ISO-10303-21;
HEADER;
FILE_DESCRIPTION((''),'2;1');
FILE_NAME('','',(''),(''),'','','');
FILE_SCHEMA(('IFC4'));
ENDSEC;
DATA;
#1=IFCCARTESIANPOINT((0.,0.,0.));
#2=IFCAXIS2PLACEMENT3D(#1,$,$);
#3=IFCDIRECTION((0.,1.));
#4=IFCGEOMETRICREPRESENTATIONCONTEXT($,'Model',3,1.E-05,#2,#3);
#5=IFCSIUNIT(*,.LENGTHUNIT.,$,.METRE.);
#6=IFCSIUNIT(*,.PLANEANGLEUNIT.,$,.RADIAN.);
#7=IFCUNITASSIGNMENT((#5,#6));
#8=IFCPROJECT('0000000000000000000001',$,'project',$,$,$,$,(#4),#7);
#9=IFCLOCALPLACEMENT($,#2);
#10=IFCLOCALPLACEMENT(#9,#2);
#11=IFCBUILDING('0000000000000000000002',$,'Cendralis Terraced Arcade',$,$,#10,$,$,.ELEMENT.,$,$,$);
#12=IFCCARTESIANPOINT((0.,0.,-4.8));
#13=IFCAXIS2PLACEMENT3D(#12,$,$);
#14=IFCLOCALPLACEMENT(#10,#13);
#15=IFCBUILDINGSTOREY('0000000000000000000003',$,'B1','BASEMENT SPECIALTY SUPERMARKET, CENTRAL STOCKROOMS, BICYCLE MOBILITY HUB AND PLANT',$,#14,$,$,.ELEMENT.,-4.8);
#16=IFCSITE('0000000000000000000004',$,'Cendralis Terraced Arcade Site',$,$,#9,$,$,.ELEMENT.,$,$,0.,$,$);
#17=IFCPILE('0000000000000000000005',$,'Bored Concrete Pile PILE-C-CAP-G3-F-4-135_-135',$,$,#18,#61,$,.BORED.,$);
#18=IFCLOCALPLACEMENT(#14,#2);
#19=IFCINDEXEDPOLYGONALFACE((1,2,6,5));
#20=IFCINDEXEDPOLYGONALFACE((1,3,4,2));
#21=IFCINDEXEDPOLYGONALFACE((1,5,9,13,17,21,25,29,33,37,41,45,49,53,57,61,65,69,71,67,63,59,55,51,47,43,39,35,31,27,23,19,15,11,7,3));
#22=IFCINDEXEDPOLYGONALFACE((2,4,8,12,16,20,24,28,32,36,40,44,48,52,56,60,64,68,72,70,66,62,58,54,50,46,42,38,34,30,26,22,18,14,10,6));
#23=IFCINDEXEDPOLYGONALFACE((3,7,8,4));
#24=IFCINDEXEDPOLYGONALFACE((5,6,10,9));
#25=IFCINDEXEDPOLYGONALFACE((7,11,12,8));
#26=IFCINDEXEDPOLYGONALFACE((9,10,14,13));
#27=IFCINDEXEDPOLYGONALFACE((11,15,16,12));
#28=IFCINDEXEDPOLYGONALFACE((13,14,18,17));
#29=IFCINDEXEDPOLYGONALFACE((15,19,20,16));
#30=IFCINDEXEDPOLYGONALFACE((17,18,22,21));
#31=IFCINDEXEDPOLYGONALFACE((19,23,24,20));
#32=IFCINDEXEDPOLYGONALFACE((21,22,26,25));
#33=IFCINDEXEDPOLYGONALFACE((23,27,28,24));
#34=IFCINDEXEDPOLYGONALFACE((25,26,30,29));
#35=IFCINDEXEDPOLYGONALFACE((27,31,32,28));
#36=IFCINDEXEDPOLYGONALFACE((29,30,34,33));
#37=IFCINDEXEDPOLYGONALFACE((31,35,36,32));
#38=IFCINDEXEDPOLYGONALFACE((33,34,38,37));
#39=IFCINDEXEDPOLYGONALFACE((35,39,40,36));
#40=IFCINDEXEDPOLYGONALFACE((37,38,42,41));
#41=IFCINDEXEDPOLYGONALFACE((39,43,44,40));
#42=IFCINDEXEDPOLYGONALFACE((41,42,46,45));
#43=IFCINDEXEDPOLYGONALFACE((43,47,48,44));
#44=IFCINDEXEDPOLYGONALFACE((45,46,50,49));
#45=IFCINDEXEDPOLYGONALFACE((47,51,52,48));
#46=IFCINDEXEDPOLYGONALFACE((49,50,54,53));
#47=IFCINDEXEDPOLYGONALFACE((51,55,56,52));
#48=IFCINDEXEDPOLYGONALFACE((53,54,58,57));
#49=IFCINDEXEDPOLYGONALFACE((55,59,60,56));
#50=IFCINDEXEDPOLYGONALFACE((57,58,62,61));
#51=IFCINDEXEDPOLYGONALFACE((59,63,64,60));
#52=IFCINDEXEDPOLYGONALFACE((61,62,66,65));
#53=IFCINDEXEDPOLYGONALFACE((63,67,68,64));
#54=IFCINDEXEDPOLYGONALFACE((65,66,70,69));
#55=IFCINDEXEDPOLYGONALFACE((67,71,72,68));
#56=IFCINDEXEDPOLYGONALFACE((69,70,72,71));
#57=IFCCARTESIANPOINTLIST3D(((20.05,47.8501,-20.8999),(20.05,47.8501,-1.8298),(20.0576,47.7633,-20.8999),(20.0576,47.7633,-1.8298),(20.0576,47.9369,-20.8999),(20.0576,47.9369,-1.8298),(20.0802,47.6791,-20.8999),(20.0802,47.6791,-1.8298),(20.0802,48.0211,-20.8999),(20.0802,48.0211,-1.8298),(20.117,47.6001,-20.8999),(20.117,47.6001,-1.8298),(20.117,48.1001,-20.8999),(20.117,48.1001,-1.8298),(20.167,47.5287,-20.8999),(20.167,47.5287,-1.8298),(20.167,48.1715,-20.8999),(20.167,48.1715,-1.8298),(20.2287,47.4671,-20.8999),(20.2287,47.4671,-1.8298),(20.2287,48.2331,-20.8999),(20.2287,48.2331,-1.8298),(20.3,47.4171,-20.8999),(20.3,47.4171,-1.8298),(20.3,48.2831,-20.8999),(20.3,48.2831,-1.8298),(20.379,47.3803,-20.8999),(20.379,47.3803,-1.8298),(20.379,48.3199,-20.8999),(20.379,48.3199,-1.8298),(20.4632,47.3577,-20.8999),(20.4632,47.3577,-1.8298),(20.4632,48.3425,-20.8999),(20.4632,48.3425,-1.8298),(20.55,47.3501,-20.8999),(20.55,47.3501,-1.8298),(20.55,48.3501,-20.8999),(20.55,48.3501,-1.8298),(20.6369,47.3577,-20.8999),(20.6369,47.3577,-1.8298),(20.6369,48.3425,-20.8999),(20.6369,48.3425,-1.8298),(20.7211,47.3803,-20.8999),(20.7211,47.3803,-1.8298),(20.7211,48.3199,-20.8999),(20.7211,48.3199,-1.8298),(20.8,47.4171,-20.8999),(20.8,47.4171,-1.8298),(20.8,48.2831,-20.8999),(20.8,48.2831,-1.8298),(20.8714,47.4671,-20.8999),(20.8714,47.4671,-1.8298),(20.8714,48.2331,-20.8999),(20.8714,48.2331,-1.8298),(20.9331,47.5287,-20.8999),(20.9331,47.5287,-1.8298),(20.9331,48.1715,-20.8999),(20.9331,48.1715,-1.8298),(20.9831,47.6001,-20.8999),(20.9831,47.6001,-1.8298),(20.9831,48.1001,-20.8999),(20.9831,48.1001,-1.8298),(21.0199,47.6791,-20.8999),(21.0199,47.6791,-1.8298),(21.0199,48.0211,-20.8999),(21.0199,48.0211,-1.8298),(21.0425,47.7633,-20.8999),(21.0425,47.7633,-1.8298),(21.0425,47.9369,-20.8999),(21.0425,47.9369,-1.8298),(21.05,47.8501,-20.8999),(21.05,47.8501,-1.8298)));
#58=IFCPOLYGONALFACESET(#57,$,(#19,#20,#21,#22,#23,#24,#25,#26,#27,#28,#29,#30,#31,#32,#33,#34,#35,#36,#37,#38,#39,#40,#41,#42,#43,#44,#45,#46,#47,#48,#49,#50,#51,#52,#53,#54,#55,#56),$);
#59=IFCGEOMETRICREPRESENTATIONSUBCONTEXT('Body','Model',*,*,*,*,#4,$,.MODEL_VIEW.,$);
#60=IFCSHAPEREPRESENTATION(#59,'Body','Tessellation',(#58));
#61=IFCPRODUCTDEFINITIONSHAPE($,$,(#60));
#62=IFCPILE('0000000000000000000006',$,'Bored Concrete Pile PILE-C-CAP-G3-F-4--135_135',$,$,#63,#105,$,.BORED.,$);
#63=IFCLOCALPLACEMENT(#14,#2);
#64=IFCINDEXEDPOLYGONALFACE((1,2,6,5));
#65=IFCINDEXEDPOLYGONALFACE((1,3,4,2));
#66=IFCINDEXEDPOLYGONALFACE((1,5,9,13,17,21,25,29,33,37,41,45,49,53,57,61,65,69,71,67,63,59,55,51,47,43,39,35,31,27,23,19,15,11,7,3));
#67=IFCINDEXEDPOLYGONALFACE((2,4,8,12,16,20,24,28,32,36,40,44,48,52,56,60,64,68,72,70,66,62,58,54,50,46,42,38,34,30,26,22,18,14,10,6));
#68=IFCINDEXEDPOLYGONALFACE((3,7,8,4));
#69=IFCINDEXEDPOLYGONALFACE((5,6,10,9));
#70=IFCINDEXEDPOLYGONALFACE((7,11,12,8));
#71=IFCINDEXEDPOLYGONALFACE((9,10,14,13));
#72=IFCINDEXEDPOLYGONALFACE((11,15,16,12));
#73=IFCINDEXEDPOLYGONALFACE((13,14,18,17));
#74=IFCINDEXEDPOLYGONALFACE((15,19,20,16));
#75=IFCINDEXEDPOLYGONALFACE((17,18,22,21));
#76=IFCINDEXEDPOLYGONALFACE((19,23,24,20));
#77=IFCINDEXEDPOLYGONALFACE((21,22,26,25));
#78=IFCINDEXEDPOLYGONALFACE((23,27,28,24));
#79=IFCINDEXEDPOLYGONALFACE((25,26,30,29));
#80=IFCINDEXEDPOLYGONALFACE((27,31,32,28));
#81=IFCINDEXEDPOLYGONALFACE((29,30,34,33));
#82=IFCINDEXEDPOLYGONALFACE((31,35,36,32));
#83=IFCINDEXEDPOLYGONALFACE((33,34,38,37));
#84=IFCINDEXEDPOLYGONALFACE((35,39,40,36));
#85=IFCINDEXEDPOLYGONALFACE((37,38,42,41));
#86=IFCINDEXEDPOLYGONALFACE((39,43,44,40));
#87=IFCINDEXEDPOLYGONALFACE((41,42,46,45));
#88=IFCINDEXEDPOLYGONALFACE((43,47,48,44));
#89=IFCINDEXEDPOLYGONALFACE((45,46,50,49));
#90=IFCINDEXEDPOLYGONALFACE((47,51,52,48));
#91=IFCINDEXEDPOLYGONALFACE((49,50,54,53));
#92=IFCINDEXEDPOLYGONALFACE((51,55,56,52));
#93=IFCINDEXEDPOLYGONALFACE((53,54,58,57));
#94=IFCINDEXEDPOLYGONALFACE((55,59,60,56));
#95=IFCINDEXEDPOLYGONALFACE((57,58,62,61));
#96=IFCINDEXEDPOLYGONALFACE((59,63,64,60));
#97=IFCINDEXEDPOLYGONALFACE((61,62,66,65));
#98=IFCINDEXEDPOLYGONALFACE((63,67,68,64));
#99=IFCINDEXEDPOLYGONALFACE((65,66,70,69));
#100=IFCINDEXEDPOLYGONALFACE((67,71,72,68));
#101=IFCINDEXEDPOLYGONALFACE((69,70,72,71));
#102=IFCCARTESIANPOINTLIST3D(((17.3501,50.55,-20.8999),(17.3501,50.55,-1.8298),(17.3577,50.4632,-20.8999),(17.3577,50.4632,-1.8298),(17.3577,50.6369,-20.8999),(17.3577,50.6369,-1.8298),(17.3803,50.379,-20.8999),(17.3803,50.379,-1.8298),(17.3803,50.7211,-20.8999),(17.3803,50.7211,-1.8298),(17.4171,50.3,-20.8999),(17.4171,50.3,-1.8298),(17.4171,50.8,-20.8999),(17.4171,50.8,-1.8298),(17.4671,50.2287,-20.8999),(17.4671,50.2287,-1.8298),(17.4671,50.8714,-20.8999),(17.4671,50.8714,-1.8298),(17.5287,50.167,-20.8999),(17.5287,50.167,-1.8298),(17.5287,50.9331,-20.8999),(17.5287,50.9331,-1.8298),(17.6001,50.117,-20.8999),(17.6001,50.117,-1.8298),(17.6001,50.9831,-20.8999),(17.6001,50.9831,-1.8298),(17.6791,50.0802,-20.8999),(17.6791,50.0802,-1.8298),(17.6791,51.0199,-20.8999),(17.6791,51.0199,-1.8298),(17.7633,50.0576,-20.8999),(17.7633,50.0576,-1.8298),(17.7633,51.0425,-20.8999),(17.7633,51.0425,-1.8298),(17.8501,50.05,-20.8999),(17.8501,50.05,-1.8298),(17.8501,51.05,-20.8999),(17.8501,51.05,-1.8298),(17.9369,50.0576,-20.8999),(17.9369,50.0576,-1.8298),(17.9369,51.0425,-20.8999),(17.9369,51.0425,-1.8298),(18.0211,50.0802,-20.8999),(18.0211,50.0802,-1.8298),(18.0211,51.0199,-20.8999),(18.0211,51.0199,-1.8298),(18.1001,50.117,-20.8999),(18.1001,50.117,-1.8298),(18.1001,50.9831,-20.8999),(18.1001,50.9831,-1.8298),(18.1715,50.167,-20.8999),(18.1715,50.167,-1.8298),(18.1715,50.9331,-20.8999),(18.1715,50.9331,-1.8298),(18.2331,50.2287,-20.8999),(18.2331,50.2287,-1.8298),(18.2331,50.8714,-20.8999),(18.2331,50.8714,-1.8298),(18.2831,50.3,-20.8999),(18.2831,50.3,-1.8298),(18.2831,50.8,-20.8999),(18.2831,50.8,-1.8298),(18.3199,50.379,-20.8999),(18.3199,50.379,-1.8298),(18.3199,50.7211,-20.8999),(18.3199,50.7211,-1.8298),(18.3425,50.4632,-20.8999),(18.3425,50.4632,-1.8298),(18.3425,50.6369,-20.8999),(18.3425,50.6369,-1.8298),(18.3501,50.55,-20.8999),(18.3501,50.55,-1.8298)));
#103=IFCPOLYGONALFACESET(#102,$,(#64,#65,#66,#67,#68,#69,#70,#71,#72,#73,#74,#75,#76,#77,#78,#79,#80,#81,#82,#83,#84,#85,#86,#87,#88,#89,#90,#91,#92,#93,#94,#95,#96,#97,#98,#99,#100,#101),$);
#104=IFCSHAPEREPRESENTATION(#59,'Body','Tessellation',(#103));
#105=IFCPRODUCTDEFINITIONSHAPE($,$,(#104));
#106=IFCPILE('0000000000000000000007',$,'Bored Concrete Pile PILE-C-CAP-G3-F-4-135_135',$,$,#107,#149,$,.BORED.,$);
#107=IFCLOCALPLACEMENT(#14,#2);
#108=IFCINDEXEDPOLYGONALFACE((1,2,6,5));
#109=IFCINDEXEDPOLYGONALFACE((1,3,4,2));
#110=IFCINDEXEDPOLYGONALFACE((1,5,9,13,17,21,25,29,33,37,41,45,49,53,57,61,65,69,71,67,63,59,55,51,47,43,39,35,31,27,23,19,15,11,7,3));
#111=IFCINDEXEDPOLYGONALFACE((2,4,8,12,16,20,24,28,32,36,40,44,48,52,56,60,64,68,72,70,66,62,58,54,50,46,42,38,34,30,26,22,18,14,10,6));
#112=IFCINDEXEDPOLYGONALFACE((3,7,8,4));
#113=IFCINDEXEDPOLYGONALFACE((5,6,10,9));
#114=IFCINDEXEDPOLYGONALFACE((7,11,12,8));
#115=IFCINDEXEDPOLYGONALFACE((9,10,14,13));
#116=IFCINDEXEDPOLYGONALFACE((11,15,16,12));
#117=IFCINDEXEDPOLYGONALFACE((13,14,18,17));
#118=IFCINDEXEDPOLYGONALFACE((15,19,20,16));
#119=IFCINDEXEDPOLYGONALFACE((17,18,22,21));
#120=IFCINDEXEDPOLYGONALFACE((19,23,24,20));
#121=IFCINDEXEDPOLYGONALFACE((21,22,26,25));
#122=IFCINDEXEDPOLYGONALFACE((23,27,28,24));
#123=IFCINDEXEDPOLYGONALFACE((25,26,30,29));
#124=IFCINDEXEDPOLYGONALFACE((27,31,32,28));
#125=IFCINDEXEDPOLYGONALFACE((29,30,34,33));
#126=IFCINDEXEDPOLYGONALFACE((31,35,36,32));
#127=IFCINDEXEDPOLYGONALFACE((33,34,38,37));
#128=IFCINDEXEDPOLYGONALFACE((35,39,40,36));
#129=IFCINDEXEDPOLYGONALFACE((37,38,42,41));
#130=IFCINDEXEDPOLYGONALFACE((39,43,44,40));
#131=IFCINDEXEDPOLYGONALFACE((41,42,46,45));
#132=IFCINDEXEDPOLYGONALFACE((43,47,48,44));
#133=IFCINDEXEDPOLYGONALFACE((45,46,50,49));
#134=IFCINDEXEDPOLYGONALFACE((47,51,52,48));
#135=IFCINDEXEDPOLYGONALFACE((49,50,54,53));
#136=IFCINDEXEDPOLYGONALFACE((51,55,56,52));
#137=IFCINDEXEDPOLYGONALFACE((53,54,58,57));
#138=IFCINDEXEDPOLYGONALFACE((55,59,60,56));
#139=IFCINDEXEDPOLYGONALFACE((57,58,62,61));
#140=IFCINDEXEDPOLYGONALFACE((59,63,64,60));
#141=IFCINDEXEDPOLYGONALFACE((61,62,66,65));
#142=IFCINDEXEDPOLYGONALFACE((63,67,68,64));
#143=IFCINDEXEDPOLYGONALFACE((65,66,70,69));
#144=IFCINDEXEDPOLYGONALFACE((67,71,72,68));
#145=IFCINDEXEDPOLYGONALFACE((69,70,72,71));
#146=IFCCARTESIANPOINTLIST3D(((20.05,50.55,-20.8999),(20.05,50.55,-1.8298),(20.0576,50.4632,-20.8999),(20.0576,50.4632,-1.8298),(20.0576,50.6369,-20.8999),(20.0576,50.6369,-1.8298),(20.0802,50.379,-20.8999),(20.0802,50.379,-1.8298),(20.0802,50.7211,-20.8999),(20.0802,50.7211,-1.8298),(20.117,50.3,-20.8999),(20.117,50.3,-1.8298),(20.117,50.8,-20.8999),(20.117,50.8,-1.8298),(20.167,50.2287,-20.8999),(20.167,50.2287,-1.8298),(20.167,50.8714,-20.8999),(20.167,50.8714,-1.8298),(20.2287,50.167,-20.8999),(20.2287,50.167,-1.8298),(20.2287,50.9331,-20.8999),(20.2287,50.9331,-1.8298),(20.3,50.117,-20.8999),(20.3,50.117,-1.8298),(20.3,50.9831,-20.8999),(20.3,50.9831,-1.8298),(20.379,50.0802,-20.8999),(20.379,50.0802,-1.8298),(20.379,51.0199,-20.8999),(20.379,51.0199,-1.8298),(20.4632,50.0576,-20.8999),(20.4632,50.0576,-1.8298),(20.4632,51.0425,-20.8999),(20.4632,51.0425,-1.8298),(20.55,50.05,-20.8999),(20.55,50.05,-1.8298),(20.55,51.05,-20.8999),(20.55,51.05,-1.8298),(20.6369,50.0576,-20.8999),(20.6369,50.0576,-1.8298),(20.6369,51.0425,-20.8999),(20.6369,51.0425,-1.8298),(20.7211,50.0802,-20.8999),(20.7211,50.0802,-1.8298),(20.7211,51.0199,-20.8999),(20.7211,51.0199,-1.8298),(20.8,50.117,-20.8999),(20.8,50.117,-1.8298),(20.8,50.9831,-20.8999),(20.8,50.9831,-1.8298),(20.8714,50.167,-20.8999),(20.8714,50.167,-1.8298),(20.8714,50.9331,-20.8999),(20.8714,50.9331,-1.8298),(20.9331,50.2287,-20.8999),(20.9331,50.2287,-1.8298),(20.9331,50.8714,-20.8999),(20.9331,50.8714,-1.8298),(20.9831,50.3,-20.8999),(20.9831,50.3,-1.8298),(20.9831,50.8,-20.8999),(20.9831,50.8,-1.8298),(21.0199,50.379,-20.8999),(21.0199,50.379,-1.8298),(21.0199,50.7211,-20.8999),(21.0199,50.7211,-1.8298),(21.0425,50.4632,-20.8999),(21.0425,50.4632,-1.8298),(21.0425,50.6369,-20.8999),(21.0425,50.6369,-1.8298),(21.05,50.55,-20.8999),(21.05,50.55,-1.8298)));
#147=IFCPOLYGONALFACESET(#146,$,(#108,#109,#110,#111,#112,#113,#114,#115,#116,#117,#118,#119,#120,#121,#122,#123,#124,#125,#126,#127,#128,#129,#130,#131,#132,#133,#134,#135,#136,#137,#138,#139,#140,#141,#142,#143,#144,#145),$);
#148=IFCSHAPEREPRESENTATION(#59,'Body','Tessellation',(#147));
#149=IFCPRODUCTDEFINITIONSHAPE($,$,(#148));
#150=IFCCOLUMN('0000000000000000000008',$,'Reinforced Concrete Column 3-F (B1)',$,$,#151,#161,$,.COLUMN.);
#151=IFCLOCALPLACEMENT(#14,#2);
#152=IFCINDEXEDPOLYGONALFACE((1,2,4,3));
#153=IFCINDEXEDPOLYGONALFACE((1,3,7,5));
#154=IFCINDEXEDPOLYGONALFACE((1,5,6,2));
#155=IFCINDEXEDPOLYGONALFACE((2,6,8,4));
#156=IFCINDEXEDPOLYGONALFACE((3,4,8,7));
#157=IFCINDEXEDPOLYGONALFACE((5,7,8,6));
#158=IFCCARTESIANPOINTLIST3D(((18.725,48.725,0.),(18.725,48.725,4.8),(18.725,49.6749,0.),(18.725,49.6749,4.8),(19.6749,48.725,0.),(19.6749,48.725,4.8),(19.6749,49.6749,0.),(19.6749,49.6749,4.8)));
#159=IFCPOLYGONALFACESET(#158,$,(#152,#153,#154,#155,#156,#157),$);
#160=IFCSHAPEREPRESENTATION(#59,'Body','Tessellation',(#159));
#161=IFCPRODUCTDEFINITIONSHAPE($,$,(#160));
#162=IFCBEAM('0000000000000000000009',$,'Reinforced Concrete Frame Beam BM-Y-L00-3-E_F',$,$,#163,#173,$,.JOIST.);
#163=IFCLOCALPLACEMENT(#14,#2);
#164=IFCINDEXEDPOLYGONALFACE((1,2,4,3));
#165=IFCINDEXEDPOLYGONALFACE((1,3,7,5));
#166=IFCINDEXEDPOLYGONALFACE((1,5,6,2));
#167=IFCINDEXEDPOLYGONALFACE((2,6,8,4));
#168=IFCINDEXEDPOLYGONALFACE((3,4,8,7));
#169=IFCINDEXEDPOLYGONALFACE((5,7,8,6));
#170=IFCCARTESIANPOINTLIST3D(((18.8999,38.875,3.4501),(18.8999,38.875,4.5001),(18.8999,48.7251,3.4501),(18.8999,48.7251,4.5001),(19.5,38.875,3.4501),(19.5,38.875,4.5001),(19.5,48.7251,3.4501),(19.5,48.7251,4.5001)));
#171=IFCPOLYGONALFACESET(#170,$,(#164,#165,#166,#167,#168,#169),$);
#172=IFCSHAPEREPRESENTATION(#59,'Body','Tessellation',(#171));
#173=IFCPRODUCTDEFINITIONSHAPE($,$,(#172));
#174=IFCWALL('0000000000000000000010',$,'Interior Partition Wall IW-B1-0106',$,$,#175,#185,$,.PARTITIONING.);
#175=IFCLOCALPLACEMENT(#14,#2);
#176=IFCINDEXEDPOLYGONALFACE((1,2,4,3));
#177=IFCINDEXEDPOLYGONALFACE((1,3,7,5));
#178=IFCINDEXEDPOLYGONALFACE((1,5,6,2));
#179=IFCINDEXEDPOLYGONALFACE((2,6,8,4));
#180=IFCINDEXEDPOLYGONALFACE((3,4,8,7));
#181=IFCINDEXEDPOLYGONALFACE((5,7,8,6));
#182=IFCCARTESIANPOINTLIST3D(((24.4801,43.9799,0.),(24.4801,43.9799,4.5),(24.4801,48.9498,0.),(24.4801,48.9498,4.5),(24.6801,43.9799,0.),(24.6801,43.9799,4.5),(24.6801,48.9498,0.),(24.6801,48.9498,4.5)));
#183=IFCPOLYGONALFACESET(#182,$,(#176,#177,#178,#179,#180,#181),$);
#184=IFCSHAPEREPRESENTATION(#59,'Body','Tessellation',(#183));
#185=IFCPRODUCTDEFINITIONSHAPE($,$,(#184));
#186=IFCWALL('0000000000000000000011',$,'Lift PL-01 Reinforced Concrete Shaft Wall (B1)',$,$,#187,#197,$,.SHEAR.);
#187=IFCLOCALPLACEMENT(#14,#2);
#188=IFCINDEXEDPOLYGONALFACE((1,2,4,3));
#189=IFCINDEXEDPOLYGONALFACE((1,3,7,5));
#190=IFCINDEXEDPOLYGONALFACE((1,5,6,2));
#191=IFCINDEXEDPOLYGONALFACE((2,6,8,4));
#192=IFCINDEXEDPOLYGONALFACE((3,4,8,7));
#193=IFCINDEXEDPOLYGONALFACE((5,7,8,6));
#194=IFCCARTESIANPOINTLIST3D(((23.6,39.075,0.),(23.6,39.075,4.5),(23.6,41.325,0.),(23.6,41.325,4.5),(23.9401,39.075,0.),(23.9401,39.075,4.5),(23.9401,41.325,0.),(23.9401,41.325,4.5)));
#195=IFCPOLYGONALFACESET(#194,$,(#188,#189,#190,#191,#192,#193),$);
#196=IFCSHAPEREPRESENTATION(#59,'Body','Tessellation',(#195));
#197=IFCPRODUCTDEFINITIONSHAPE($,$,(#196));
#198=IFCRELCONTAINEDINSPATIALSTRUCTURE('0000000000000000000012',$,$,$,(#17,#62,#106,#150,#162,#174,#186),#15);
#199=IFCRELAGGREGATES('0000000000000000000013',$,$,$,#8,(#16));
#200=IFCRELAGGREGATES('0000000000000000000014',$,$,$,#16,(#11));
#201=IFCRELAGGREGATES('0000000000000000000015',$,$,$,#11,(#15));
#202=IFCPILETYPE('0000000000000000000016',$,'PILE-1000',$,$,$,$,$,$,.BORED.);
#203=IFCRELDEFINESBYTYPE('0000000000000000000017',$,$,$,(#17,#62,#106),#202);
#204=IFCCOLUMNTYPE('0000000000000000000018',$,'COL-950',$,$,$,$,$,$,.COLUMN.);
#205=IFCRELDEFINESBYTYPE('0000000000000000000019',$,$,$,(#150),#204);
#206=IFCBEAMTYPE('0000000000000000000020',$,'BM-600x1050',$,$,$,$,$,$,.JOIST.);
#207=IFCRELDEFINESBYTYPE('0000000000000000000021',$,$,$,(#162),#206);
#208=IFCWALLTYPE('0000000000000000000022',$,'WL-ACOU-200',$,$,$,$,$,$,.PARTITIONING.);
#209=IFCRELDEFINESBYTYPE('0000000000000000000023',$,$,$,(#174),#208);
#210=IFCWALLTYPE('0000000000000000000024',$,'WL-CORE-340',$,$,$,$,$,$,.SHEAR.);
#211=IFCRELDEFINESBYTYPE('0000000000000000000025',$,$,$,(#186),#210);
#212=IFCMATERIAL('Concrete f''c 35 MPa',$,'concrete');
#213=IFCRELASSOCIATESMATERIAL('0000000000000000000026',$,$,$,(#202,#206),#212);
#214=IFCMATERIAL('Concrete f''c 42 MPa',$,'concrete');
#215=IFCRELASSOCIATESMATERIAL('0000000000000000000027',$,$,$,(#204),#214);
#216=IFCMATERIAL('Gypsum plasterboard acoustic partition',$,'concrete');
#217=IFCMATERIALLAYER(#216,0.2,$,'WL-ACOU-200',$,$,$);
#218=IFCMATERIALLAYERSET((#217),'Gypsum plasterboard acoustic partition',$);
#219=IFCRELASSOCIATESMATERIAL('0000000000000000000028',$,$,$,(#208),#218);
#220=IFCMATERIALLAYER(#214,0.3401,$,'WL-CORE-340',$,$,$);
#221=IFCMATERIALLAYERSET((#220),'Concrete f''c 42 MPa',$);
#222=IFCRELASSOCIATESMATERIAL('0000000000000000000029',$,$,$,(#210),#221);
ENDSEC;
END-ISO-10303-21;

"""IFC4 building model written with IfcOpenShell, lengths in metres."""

from ifc_helpers import new_model, si_unit, direction, frame, frame_2d, origin, origin_2d, place, context, subcontext, project, spatial, rectangle, circle, extrude, material, layer, layer_set, material_profile, profile_set, type_object, element, save


model = new_model("IFC4")

# Units and contexts
model_context = context("Model", 3, precision=1e-05, world=origin(), true_north=direction((0.0, 1.0)))
body_context = subcontext(model_context, "Body", "Model", "MODEL_VIEW")
ifc_project = project(units=[si_unit("LENGTHUNIT", "METRE"), si_unit("PLANEANGLEUNIT", "RADIAN")], contexts=[model_context])

# Site, building, storey
site_placement = place(None, origin())
site = spatial("IfcSite", under=ifc_project, at=site_placement, Name="Cendralis Terraced Arcade Site", CompositionType="ELEMENT", RefElevation=0.0)
building_placement = place(site_placement, origin())
building = spatial("IfcBuilding", under=site, at=building_placement, Name="Cendralis Terraced Arcade", CompositionType="ELEMENT")
storey_placement = place(building_placement, frame((0.0, 0.0, -4.8)))
storey = spatial("IfcBuildingStorey", under=building, at=storey_placement, Name="B1", Description="BASEMENT SPECIALTY SUPERMARKET, CENTRAL STOCKROOMS, BICYCLE MOBILITY HUB AND PLANT", CompositionType="ELEMENT", Elevation=-4.8)

# Shared definitions
ifc_material_1 = material(Name="Concrete f'c 35 MPa", Category="concrete")

# Piles
ifc_material_profile_1 = material_profile(ifc_material_1, circle(Radius=0.5, at=origin_2d()), Name="PILE-D1000", Category="LoadBearing")
ifc_profile_set_1 = profile_set([ifc_material_profile_1], Name="Concrete f'c 35 MPa")
pile_type = type_object("IfcPileType", Name="PILE-1000", PredefinedType="BORED", material=ifc_profile_set_1)
for number, where, z_axis, x_axis, name in (
    (1, (20.55, 47.8501, -1.8298), (0.0, 0.0, -1.0), (1.0, 0.0, 0.0), "Bored Concrete Pile PILE-C-CAP-G3-F-4-135_-135"),
    (2, (17.8501, 50.55, -1.8298), (0.0, 0.0, -1.0), (1.0, 0.0, 0.0), "Bored Concrete Pile PILE-C-CAP-G3-F-4--135_135"),
    (3, (20.55, 50.55, -1.8298), (0.0, 0.0, -1.0), (1.0, 0.0, 0.0), "Bored Concrete Pile PILE-C-CAP-G3-F-4-135_135"),
):
    element("IfcPile", number, at=place(storey_placement, frame(where, z_axis=z_axis, x_axis=x_axis)), inside=storey, type_object=pile_type, Name=name, PredefinedType="BORED", context=body_context, shape_type="SweptSolid", body=[
        extrude(circle(Radius=0.5, at=origin_2d()), origin(), (0.0, 0.0, 1.0), 19.0701),
    ])

# Column
ifc_material_2 = material(Name="Concrete f'c 42 MPa", Category="concrete")
ifc_material_profile_2 = material_profile(ifc_material_2, rectangle(XDim=0.95, YDim=0.95, at=origin_2d()), Name="RC-COL-950x950", Category="LoadBearing")
ifc_profile_set_2 = profile_set([ifc_material_profile_2], Name="Concrete f'c 42 MPa")
column_type = type_object("IfcColumnType", Name="COL-950", PredefinedType="COLUMN", material=ifc_profile_set_2)
column_placement = place(storey_placement, frame((19.2, 49.2, 0.0), z_axis=(0.0, 0.0, 1.0), x_axis=(1.0, 0.0, 0.0)))
element("IfcColumn", 4, at=column_placement, inside=storey, type_object=column_type, Name="Reinforced Concrete Column 3-F (B1)", PredefinedType="COLUMN", context=body_context, shape_type="SweptSolid", body=[
    extrude(rectangle(XDim=0.95, YDim=0.95, at=origin_2d()), origin(), (0.0, 0.0, 1.0), 4.8),
])

# Beam
ifc_material_profile_3 = material_profile(ifc_material_1, rectangle(XDim=0.6001, YDim=1.05, at=origin_2d()), Name="RC-BM-600x1050", Category="LoadBearing")
ifc_profile_set_3 = profile_set([ifc_material_profile_3], Name="Concrete f'c 35 MPa")
beam_type = type_object("IfcBeamType", Name="BM-600x1050", PredefinedType="JOIST", material=ifc_profile_set_3)
beam_placement = place(storey_placement, frame((19.2, 38.875, 3.9751), z_axis=(0.0, 1.0, 0.0), x_axis=(-1.0, 0.0, 0.0)))
element("IfcBeam", 5, at=beam_placement, inside=storey, type_object=beam_type, Name="Reinforced Concrete Frame Beam BM-Y-L00-3-E_F", PredefinedType="JOIST", context=body_context, shape_type="SweptSolid", body=[
    extrude(rectangle(XDim=0.6001, YDim=1.05, at=origin_2d()), origin(), (0.0, 0.0, 1.0), 9.8501),
])

# Walls
ifc_material_3 = material(Name="Gypsum plasterboard acoustic partition", Category="concrete")
ifc_layer_1 = layer(ifc_material_3, 0.2, Name="WL-ACOU-200")
ifc_layer_set_1 = layer_set([ifc_layer_1], Name="Gypsum plasterboard acoustic partition")
wall_type_1 = type_object("IfcWallType", Name="WL-ACOU-200", PredefinedType="PARTITIONING", material=ifc_layer_set_1)
wall_1_placement = place(storey_placement, frame((24.5801, 43.98, 0.0), z_axis=(0.0, 0.0, 1.0), x_axis=(0.0, 1.0, 0.0)))
element("IfcWall", 6, at=wall_1_placement, inside=storey, type_object=wall_type_1, Name="Interior Partition Wall IW-B1-0106", PredefinedType="PARTITIONING", context=body_context, shape_type="SweptSolid", body=[
    extrude(rectangle(XDim=4.97, YDim=0.2, at=frame_2d((2.4849, 0.0))), origin(), (0.0, 0.0, 1.0), 4.5),
])
ifc_layer_2 = layer(ifc_material_2, 0.3401, Name="WL-CORE-340")
ifc_layer_set_2 = layer_set([ifc_layer_2], Name="Concrete f'c 42 MPa")
wall_type_2 = type_object("IfcWallType", Name="WL-CORE-340", PredefinedType="SHEAR", material=ifc_layer_set_2)
for number, where, z_axis, x_axis, name in (
    (7, (23.77, 39.075, 0.0), (0.0, 0.0, 1.0), (0.0, 1.0, 0.0), "Lift PL-01 Reinforced Concrete Shaft Wall (B1)"),
):
    element("IfcWall", number, at=place(storey_placement, frame(where, z_axis=z_axis, x_axis=x_axis)), inside=storey, type_object=wall_type_2, Name=name, PredefinedType="SHEAR", context=body_context, shape_type="SweptSolid", body=[
        extrude(rectangle(XDim=2.25, YDim=0.3401, at=frame_2d((1.125, 0.0))), origin(), (0.0, 0.0, 1.0), 4.5),
    ])

save(model, "model.ifc")
